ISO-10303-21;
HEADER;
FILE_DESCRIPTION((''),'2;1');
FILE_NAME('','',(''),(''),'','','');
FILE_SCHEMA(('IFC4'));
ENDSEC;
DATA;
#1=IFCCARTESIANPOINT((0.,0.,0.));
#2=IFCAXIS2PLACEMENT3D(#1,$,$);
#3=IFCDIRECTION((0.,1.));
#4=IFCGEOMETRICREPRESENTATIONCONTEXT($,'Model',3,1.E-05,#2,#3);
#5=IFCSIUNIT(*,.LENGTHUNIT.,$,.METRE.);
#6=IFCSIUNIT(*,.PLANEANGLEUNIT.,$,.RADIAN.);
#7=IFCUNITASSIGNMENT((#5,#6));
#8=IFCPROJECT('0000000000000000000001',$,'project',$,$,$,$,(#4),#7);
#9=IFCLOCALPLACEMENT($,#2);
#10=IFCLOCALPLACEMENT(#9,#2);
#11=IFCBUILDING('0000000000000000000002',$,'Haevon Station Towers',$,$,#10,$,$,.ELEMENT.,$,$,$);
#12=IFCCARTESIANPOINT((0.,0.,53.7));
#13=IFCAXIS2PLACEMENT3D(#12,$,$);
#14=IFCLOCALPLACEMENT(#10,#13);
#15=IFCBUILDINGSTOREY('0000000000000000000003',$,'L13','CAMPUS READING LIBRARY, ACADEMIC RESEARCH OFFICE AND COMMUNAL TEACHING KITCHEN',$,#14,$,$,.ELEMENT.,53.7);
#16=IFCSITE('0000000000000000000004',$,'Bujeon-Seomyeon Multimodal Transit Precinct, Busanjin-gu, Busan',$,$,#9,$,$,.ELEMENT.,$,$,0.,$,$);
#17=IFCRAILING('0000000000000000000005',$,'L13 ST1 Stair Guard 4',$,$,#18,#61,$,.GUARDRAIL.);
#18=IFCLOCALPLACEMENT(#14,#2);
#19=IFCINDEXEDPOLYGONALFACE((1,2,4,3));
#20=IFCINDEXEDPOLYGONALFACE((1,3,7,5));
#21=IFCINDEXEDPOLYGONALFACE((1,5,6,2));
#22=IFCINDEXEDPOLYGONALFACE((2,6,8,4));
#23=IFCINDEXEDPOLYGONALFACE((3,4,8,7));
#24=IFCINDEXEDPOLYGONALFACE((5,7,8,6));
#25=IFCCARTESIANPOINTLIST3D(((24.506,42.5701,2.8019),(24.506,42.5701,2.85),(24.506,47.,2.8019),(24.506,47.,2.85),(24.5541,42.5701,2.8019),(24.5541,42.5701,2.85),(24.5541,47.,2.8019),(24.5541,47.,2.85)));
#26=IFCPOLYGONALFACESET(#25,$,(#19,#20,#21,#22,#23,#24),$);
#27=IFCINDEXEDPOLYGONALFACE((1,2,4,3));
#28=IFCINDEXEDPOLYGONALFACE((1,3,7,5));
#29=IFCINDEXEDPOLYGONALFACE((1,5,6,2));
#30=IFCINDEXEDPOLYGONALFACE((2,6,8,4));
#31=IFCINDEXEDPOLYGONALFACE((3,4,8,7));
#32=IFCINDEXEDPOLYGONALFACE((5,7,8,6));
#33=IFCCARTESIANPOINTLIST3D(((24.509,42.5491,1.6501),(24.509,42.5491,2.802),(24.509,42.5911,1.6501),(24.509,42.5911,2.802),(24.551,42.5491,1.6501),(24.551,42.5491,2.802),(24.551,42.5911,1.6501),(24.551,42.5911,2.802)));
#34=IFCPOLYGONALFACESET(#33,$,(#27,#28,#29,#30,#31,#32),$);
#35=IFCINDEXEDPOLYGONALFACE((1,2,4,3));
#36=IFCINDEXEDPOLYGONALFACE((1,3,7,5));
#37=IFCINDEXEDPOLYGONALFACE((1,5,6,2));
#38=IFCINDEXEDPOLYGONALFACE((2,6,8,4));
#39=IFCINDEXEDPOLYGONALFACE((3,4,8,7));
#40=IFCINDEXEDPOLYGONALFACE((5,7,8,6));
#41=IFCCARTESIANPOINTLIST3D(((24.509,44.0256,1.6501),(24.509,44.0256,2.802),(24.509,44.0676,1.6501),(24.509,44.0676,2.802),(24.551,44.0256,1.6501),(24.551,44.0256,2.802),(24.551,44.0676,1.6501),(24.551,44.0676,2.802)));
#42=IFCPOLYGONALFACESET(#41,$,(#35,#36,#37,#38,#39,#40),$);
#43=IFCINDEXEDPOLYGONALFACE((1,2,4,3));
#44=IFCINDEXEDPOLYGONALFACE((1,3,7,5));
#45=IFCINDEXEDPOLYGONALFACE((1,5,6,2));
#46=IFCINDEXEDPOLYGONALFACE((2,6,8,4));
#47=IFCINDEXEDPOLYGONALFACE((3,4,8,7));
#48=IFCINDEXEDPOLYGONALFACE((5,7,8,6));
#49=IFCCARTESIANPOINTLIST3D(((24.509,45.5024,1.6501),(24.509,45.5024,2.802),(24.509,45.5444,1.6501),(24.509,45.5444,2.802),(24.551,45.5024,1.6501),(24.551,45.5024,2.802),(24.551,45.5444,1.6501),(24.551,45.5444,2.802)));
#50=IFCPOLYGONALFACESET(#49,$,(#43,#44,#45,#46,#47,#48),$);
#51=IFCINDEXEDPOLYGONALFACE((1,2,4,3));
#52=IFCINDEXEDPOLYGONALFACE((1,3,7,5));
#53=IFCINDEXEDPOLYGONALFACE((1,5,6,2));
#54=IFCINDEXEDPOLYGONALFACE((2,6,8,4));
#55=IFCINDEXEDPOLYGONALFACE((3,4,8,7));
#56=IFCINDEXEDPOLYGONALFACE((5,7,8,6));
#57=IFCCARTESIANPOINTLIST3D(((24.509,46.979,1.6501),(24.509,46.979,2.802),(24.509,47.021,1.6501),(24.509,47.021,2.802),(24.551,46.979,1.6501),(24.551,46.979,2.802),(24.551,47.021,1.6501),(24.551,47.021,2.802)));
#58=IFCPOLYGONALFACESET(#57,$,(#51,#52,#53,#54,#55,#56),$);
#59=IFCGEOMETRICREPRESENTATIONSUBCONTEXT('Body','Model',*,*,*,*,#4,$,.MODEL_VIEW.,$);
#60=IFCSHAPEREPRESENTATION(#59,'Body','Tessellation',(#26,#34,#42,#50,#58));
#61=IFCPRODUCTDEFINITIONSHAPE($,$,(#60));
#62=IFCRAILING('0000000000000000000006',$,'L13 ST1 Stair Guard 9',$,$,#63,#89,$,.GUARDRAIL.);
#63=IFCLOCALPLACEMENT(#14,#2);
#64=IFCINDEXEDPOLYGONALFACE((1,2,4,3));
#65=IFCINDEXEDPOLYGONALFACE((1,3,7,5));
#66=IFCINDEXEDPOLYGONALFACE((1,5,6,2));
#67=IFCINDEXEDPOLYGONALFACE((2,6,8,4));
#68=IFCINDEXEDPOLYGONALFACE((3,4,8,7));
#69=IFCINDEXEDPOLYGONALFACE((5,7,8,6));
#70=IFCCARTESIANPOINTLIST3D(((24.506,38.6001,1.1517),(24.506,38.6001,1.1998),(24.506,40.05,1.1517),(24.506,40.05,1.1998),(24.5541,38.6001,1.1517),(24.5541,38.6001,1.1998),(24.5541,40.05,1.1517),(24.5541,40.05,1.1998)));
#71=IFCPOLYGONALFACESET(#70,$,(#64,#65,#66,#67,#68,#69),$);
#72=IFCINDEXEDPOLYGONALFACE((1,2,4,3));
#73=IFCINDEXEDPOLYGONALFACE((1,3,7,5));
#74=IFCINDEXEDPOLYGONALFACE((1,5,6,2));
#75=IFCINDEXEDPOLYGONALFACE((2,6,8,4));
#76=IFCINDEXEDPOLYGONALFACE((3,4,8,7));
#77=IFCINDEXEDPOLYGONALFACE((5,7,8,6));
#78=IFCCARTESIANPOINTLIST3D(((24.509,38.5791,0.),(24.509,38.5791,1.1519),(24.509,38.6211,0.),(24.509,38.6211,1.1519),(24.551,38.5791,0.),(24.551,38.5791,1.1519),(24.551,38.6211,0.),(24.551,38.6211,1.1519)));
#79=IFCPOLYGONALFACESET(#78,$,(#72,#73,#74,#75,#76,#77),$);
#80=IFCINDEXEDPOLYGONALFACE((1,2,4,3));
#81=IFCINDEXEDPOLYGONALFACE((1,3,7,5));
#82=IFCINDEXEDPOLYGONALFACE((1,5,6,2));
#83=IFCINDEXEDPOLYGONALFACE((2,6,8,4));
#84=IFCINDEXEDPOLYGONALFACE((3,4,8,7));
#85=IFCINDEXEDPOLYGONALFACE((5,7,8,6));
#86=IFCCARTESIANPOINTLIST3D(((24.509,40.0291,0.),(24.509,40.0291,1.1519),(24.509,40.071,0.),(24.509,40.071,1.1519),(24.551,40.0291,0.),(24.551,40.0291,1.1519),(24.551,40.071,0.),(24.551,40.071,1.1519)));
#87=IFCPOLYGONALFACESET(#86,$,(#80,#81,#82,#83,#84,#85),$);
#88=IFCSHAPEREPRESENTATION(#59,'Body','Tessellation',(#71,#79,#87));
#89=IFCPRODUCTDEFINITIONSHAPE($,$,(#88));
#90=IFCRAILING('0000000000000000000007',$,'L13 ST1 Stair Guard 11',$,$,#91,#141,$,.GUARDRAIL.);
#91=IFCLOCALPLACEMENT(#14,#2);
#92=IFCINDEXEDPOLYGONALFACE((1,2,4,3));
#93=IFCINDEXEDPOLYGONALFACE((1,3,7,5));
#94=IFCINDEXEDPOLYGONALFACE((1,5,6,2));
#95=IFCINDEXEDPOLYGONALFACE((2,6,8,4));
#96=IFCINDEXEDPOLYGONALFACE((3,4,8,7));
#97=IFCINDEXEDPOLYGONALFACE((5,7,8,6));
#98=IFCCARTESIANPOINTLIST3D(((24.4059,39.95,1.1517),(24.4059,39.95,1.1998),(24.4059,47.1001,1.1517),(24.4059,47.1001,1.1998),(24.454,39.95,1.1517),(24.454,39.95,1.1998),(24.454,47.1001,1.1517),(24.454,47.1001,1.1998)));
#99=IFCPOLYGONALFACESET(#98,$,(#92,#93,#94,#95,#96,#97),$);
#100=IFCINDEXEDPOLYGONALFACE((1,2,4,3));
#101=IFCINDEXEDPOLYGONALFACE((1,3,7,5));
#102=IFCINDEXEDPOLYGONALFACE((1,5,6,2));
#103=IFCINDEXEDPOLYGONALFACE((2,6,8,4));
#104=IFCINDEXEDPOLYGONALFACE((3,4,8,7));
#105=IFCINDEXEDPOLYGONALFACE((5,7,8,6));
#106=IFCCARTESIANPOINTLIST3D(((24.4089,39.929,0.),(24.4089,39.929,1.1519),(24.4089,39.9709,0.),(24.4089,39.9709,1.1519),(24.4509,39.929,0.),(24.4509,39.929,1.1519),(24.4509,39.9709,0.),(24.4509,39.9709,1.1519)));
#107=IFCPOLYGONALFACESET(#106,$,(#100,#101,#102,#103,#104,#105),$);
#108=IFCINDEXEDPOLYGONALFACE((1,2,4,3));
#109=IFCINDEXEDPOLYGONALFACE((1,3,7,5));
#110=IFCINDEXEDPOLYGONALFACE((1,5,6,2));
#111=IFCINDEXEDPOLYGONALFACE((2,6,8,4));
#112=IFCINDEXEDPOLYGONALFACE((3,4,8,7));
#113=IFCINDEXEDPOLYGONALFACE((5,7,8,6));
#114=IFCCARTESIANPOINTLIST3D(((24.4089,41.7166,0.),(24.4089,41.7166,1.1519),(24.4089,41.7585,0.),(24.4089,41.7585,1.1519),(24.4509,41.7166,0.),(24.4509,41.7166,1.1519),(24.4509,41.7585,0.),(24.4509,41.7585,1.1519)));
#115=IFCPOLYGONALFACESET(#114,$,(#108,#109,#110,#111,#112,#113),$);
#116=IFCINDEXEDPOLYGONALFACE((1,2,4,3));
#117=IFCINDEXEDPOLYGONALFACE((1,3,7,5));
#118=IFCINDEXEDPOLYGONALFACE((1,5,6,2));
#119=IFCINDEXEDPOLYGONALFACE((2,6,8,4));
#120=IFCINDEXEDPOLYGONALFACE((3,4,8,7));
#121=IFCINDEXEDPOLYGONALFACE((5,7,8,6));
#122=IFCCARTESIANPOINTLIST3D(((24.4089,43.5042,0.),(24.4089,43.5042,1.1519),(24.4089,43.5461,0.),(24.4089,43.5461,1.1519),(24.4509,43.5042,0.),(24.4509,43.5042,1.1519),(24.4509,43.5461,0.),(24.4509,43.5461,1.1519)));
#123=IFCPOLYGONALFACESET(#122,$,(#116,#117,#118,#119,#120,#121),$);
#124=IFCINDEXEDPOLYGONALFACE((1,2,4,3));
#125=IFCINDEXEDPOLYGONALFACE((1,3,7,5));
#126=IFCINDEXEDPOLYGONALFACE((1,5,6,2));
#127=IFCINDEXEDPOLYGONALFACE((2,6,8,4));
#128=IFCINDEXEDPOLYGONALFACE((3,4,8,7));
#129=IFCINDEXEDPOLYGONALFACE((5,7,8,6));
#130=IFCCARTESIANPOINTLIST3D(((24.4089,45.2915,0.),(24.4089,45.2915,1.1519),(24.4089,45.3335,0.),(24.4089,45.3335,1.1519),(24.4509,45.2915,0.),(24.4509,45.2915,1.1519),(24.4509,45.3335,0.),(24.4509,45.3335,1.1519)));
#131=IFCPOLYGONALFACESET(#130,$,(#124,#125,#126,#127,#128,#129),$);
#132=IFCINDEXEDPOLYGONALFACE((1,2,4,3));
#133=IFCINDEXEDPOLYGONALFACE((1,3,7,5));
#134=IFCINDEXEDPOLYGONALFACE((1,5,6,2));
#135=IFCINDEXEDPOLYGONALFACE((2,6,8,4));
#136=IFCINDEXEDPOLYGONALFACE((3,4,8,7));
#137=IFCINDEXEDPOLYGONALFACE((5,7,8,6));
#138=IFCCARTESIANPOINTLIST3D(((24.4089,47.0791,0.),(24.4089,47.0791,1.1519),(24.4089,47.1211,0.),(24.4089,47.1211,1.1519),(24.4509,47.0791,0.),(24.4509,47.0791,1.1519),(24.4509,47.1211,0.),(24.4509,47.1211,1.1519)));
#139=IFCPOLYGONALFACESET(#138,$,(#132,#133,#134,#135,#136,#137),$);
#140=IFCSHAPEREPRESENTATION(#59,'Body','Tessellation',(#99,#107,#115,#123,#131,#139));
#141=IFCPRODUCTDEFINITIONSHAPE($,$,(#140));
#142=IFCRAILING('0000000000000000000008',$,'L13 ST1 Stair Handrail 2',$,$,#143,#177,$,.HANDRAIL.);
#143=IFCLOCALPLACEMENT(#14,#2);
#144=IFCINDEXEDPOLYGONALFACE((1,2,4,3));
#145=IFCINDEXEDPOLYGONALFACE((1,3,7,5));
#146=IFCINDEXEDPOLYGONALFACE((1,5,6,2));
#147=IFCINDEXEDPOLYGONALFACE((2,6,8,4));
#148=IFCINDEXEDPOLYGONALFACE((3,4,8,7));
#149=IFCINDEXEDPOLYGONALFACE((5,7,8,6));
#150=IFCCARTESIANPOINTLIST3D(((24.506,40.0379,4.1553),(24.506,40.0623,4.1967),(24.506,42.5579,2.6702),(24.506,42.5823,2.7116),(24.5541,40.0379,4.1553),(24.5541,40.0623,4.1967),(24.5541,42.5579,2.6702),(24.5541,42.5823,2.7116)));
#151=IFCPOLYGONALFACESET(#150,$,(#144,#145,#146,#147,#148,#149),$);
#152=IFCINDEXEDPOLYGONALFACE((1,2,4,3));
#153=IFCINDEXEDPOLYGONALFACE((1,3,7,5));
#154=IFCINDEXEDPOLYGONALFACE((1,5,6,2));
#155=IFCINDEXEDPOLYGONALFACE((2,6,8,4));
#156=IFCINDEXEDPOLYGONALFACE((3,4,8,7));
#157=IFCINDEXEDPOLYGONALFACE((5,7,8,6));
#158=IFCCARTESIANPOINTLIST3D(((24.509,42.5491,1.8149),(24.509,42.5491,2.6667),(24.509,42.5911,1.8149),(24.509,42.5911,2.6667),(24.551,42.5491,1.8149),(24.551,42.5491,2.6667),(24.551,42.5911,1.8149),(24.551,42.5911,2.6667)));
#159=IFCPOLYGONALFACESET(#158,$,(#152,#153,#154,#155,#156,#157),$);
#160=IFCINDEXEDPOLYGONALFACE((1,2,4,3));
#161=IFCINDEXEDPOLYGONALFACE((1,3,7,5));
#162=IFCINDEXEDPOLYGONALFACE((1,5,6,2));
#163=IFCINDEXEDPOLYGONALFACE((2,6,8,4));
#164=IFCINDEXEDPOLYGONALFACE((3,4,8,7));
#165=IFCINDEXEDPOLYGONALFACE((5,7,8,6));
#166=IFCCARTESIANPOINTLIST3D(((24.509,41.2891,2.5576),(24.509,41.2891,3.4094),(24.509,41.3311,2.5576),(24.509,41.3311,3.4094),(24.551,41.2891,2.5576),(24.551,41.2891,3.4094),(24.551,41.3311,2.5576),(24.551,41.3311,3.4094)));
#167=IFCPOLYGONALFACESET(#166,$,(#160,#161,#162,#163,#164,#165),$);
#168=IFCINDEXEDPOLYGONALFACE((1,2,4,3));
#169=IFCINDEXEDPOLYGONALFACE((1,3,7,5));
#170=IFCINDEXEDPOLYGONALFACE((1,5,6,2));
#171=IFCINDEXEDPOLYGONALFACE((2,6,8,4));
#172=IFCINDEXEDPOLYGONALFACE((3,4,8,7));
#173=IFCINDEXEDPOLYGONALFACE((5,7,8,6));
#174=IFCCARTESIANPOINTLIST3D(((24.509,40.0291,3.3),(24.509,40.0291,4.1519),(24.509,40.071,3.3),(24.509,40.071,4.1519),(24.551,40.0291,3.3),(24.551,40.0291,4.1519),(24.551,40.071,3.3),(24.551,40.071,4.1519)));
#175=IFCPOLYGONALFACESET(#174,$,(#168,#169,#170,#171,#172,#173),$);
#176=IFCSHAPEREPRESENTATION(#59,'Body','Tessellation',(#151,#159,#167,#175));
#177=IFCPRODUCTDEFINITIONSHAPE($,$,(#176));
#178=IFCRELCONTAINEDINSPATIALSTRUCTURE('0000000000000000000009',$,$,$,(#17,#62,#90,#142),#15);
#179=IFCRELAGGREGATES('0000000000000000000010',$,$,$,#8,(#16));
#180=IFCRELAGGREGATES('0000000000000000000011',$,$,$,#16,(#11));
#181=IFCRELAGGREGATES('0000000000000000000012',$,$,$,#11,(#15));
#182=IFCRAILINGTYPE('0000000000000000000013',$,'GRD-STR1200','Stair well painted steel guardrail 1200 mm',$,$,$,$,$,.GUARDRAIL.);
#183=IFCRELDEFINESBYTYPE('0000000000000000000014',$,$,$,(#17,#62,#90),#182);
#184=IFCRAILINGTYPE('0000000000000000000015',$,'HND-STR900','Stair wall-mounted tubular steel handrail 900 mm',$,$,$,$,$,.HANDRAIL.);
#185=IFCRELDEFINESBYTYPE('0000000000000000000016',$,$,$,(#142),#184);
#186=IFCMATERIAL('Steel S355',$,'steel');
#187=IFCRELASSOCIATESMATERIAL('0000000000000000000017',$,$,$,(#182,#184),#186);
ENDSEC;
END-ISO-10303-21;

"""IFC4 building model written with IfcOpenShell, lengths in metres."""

from ifc_helpers import new_model, si_unit, direction, frame, origin, origin_2d, place, context, subcontext, project, spatial, rectangle, extrude, material, type_object, element, save


model = new_model("IFC4")

# Units and contexts
model_context = context("Model", 3, precision=1e-05, world=origin(), true_north=direction((0.0, 1.0)))
body_context = subcontext(model_context, "Body", "Model", "MODEL_VIEW")
ifc_project = project(units=[si_unit("LENGTHUNIT", "METRE"), si_unit("PLANEANGLEUNIT", "RADIAN")], contexts=[model_context])

# Site, building, storey
site_placement = place(None, origin())
site = spatial("IfcSite", under=ifc_project, at=site_placement, Name="Bujeon-Seomyeon Multimodal Transit Precinct, Busanjin-gu, Busan", CompositionType="ELEMENT", RefElevation=0.0)
building_placement = place(site_placement, origin())
building = spatial("IfcBuilding", under=site, at=building_placement, Name="Haevon Station Towers", CompositionType="ELEMENT")
storey_placement = place(building_placement, frame((0.0, 0.0, 53.7)))
storey = spatial("IfcBuildingStorey", under=building, at=storey_placement, Name="L13", Description="CAMPUS READING LIBRARY, ACADEMIC RESEARCH OFFICE AND COMMUNAL TEACHING KITCHEN", CompositionType="ELEMENT", Elevation=53.7)

# Shared definitions
ifc_material_1 = material(Name="Steel S355", Category="steel")

# Railings
railing_type_1 = type_object("IfcRailingType", Name="GRD-STR1200", Description="Stair well painted steel guardrail 1200 mm", PredefinedType="GUARDRAIL", material=ifc_material_1)
railing_1_placement = place(storey_placement, frame((24.53, 42.5701, 1.6501)))
element("IfcRailing", 1, at=railing_1_placement, inside=storey, type_object=railing_type_1, Name="L13 ST1 Stair Guard 4", PredefinedType="GUARDRAIL", context=body_context, shape_type="SweptSolid", body=[
    extrude(rectangle(XDim=0.0481, YDim=0.0481, at=origin_2d()), frame((0.0, 0.0, 1.1758), z_axis=(0.0, 1.0, 0.0), x_axis=(-1.0, 0.0, 0.0)), (0.0, 0.0, 1.0), 4.4299),
    extrude(rectangle(XDim=0.042, YDim=0.042, at=origin_2d()), origin(), (0.0, 0.0, 1.0), 1.1519),
    extrude(rectangle(XDim=0.042, YDim=0.042, at=origin_2d()), frame((0.0, 1.4766, 0.0)), (0.0, 0.0, 1.0), 1.1519),
    extrude(rectangle(XDim=0.042, YDim=0.042, at=origin_2d()), frame((0.0, 2.9534, 0.0)), (0.0, 0.0, 1.0), 1.1519),
    extrude(rectangle(XDim=0.042, YDim=0.042, at=origin_2d()), frame((0.0, 4.4299, 0.0)), (0.0, 0.0, 1.0), 1.1519),
])
railing_2_placement = place(storey_placement, frame((24.53, 38.6001, 0.0)))
element("IfcRailing", 2, at=railing_2_placement, inside=storey, type_object=railing_type_1, Name="L13 ST1 Stair Guard 9", PredefinedType="GUARDRAIL", context=body_context, shape_type="SweptSolid", body=[
    extrude(rectangle(XDim=0.0481, YDim=0.0481, at=origin_2d()), frame((0.0, 0.0, 1.1758), z_axis=(0.0, 1.0, 0.0), x_axis=(-1.0, 0.0, 0.0)), (0.0, 0.0, 1.0), 1.45),
    extrude(rectangle(XDim=0.042, YDim=0.042, at=origin_2d()), origin(), (0.0, 0.0, 1.0), 1.1519),
    extrude(rectangle(XDim=0.042, YDim=0.042, at=origin_2d()), frame((0.0, 1.45, 0.0)), (0.0, 0.0, 1.0), 1.1519),
])
railing_3_placement = place(storey_placement, frame((24.4299, 39.95, 0.0)))
element("IfcRailing", 3, at=railing_3_placement, inside=storey, type_object=railing_type_1, Name="L13 ST1 Stair Guard 11", PredefinedType="GUARDRAIL", context=body_context, shape_type="SweptSolid", body=[
    extrude(rectangle(XDim=0.0481, YDim=0.0481, at=origin_2d()), frame((0.0, 0.0, 1.1758), z_axis=(0.0, 1.0, 0.0), x_axis=(-1.0, 0.0, 0.0)), (0.0, 0.0, 1.0), 7.1501),
    extrude(rectangle(XDim=0.042, YDim=0.042, at=origin_2d()), origin(), (0.0, 0.0, 1.0), 1.1519),
    extrude(rectangle(XDim=0.042, YDim=0.042, at=origin_2d()), frame((0.0, 1.7876, 0.0)), (0.0, 0.0, 1.0), 1.1519),
    extrude(rectangle(XDim=0.042, YDim=0.042, at=origin_2d()), frame((0.0, 3.5752, 0.0)), (0.0, 0.0, 1.0), 1.1519),
    extrude(rectangle(XDim=0.042, YDim=0.042, at=origin_2d()), frame((0.0, 5.3625, 0.0)), (0.0, 0.0, 1.0), 1.1519),
    extrude(rectangle(XDim=0.042, YDim=0.042, at=origin_2d()), frame((0.0, 7.1501, 0.0)), (0.0, 0.0, 1.0), 1.1519),
])
railing_type_2 = type_object("IfcRailingType", Name="HND-STR900", Description="Stair wall-mounted tubular steel handrail 900 mm", PredefinedType="HANDRAIL", material=ifc_material_1)
railing_4_placement = place(storey_placement, frame((24.53, 42.5701, 1.8149)))
element("IfcRailing", 4, at=railing_4_placement, inside=storey, type_object=railing_type_2, Name="L13 ST1 Stair Handrail 2", PredefinedType="HANDRAIL", context=body_context, shape_type="SweptSolid", body=[
    extrude(rectangle(XDim=0.0481, YDim=0.0481, at=origin_2d()), frame((0.0, 0.0, 0.876), z_axis=(0.0, -0.861524, 0.507717), x_axis=(1.0, 0.0, 0.0)), (0.0, 0.0, 1.0), 2.925),
    extrude(rectangle(XDim=0.042, YDim=0.042, at=origin_2d()), origin(), (0.0, 0.0, 1.0), 0.8518),
    extrude(rectangle(XDim=0.042, YDim=0.042, at=origin_2d()), frame((0.0, -1.26, 0.7427)), (0.0, 0.0, 1.0), 0.8518),
    extrude(rectangle(XDim=0.042, YDim=0.042, at=origin_2d()), frame((0.0, -2.52, 1.4851)), (0.0, 0.0, 1.0), 0.8518),
])

save(model, "model.ifc")
